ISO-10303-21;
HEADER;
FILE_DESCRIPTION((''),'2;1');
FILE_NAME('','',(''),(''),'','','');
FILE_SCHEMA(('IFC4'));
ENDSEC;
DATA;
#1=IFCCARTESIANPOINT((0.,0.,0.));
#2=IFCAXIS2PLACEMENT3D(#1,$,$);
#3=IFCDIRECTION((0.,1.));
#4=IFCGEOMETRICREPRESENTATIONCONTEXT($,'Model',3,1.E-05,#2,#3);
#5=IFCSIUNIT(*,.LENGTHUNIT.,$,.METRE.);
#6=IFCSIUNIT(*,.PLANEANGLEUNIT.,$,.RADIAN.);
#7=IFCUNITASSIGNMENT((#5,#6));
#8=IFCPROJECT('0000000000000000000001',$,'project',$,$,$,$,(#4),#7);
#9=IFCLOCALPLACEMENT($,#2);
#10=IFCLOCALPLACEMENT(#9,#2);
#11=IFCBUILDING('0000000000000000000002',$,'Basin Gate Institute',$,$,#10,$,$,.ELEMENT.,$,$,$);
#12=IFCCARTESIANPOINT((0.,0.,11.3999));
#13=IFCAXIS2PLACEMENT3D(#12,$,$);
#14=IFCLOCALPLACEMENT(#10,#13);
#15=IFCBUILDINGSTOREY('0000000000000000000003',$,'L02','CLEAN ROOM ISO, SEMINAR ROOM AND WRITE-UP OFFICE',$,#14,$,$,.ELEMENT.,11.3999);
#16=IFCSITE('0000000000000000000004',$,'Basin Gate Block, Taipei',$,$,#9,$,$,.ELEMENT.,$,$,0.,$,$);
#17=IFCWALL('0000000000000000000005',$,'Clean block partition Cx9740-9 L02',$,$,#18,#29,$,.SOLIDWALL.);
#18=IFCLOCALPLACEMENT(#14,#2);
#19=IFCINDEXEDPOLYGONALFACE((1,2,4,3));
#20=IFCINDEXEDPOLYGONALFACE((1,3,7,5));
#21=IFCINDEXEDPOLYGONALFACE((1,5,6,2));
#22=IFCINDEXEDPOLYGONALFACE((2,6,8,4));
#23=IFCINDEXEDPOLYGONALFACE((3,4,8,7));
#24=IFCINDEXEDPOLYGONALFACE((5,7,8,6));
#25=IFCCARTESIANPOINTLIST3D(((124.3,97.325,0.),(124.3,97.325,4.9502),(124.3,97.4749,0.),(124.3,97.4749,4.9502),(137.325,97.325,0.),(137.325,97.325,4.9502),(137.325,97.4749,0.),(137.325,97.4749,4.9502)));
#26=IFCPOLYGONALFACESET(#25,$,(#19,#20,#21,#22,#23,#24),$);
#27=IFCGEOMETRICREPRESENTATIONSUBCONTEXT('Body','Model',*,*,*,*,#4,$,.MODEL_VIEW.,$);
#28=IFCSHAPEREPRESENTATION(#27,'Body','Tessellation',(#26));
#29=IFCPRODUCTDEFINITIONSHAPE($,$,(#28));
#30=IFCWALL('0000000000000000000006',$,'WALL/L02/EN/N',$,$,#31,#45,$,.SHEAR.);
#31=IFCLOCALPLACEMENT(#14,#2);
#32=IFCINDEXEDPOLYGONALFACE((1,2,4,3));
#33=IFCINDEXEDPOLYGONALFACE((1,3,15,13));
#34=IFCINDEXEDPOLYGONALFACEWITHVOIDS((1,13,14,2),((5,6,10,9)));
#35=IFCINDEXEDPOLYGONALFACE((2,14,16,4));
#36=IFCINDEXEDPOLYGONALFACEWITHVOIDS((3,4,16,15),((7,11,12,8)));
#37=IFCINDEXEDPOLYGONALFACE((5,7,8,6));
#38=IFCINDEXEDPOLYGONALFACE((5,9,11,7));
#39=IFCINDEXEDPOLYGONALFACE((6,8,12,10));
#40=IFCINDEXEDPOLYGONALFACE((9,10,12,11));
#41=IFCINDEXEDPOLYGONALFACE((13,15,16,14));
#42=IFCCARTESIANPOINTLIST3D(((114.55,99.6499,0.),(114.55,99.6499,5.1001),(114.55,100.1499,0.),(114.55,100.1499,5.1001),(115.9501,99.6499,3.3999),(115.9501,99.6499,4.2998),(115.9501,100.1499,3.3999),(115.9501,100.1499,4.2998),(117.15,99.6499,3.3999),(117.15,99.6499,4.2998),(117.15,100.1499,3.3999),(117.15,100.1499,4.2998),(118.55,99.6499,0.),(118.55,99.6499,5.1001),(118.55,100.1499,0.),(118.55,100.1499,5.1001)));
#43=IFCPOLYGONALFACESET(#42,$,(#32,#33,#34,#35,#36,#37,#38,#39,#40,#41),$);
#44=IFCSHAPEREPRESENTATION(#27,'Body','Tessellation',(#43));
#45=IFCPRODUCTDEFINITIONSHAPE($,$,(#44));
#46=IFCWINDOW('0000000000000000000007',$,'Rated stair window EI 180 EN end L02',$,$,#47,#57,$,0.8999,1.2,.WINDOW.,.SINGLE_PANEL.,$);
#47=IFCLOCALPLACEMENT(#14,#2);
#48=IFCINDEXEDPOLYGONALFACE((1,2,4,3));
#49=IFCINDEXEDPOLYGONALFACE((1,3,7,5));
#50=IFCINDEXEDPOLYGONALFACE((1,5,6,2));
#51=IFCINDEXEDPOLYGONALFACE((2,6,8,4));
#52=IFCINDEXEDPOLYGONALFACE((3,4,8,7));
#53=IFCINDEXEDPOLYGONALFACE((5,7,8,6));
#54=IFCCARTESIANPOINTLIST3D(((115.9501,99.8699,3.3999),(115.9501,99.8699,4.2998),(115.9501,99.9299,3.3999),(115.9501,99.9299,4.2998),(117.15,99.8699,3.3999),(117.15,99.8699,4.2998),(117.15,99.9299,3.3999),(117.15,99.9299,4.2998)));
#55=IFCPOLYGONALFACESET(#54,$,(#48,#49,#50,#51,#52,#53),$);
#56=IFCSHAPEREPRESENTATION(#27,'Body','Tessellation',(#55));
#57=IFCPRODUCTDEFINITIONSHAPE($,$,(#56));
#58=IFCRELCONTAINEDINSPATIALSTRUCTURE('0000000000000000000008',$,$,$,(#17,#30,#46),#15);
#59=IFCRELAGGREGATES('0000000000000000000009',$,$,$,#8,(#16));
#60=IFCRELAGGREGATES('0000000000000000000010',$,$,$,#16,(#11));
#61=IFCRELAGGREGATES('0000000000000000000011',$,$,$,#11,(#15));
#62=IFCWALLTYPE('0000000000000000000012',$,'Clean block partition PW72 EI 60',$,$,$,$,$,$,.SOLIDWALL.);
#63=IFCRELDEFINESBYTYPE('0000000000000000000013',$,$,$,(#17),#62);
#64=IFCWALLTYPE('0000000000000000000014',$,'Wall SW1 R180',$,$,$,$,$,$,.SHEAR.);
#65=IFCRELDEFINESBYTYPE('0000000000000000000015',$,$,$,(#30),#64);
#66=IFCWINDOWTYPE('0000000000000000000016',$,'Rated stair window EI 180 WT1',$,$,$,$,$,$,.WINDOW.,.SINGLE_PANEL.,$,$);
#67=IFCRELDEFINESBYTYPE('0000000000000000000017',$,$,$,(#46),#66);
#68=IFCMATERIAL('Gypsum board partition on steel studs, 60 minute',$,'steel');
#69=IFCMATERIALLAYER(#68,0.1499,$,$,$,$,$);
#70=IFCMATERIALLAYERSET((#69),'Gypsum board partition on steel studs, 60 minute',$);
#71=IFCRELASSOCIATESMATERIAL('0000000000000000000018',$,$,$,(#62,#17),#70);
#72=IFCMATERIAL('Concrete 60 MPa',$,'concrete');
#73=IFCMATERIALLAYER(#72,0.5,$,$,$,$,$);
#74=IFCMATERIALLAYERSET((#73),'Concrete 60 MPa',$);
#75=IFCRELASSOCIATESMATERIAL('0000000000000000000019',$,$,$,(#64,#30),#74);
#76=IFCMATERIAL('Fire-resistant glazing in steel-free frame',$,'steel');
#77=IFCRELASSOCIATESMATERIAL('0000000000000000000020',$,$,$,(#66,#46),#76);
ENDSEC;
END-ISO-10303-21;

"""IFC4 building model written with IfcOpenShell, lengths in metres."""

from ifc_helpers import new_model, si_unit, direction, frame, frame_2d, origin, place, context, subcontext, project, spatial, rectangle, extrude, material, layer, layer_set, type_object, element, fill, save


model = new_model("IFC4")

# Units and contexts
model_context = context("Model", 3, precision=1e-05, world=origin(), true_north=direction((0.0, 1.0)))
body_context = subcontext(model_context, "Body", "Model", "MODEL_VIEW")
ifc_project = project(units=[si_unit("LENGTHUNIT", "METRE"), si_unit("PLANEANGLEUNIT", "RADIAN")], contexts=[model_context])

# Site, building, storey
site_placement = place(None, origin())
site = spatial("IfcSite", under=ifc_project, at=site_placement, Name="Basin Gate Block, Taipei", CompositionType="ELEMENT", RefElevation=0.0)
building_placement = place(site_placement, origin())
building = spatial("IfcBuilding", under=site, at=building_placement, Name="Basin Gate Institute", CompositionType="ELEMENT")
storey_placement = place(building_placement, frame((0.0, 0.0, 11.3999)))
storey = spatial("IfcBuildingStorey", under=building, at=storey_placement, Name="L02", Description="CLEAN ROOM ISO, SEMINAR ROOM AND WRITE-UP OFFICE", CompositionType="ELEMENT", Elevation=11.3999)

# Wall
ifc_material_1 = material(Name="Gypsum board partition on steel studs, 60 minute", Category="steel")
ifc_layer_1 = layer(ifc_material_1, 0.1499)
ifc_layer_set_1 = layer_set([ifc_layer_1], Name="Gypsum board partition on steel studs, 60 minute")
wall_type_1 = type_object("IfcWallType", Name="Clean block partition PW72 EI 60", PredefinedType="SOLIDWALL", material=ifc_layer_set_1)
wall_1_placement = place(storey_placement, frame((124.3, 97.3999, 0.0), z_axis=(0.0, 0.0, 1.0), x_axis=(1.0, 0.0, 0.0)))
element("IfcWall", 1, at=wall_1_placement, inside=storey, type_object=wall_type_1, material=ifc_layer_set_1, Name="Clean block partition Cx9740-9 L02", PredefinedType="SOLIDWALL", context=body_context, shape_type="SweptSolid", body=[
    extrude(rectangle(XDim=13.0249, YDim=0.1499, at=frame_2d((6.5125, 0.0))), origin(), (0.0, 0.0, 1.0), 4.9502),
])

# Wall, opening, window
ifc_material_2 = material(Name="Concrete 60 MPa", Category="concrete")
ifc_layer_2 = layer(ifc_material_2, 0.5)
ifc_layer_set_2 = layer_set([ifc_layer_2], Name="Concrete 60 MPa")
wall_type_2 = type_object("IfcWallType", Name="Wall SW1 R180", PredefinedType="SHEAR", material=ifc_layer_set_2)
wall_2_placement = place(storey_placement, frame((118.55, 99.8999, 0.0), z_axis=(0.0, 0.0, 1.0), x_axis=(-1.0, 0.0, 0.0)))
wall_2 = element("IfcWall", 2, at=wall_2_placement, inside=storey, type_object=wall_type_2, material=ifc_layer_set_2, Name="WALL/L02/EN/N", PredefinedType="SHEAR", context=body_context, shape_type="SweptSolid", body=[
    extrude(rectangle(XDim=4.0, YDim=0.5, at=frame_2d((2.0, 0.0))), origin(), (0.0, 0.0, 1.0), 5.1001),
])
opening_1_placement = place(wall_2_placement, frame((1.3999, 0.0, 3.3999)))
opening_1 = element("IfcOpeningElement", 3, at=opening_1_placement, cuts=wall_2, PredefinedType="OPENING", context=body_context, shape_type="SweptSolid", body=[
    extrude(rectangle(XDim=1.2, YDim=0.8999, at=frame_2d((0.6001, 0.45))), frame((0.0, 0.26, 0.0), z_axis=(0.0, -1.0, 0.0), x_axis=(1.0, 0.0, 0.0)), (0.0, 0.0, 1.0), 0.52),
])
ifc_material_3 = material(Name="Fire-resistant glazing in steel-free frame", Category="steel")
window_type = type_object("IfcWindowType", Name="Rated stair window EI 180 WT1", PartitioningType="SINGLE_PANEL", PredefinedType="WINDOW", material=ifc_material_3)
window_placement = place(opening_1_placement, origin())
window = element("IfcWindow", 4, at=window_placement, inside=storey, type_object=window_type, material=ifc_material_3, Name="Rated stair window EI 180 EN end L02", OverallHeight=0.8999, OverallWidth=1.2, PartitioningType="SINGLE_PANEL", PredefinedType="WINDOW", context=body_context, shape_type="SweptSolid", body=[
    extrude(rectangle(XDim=1.2, YDim=0.8999, at=frame_2d((0.6001, 0.45))), frame((0.0, 0.03, 0.0), z_axis=(0.0, -1.0, 0.0), x_axis=(1.0, 0.0, 0.0)), (0.0, 0.0, 1.0), 0.0601),
])
fill(opening_1, window)

save(model, "model.ifc")
